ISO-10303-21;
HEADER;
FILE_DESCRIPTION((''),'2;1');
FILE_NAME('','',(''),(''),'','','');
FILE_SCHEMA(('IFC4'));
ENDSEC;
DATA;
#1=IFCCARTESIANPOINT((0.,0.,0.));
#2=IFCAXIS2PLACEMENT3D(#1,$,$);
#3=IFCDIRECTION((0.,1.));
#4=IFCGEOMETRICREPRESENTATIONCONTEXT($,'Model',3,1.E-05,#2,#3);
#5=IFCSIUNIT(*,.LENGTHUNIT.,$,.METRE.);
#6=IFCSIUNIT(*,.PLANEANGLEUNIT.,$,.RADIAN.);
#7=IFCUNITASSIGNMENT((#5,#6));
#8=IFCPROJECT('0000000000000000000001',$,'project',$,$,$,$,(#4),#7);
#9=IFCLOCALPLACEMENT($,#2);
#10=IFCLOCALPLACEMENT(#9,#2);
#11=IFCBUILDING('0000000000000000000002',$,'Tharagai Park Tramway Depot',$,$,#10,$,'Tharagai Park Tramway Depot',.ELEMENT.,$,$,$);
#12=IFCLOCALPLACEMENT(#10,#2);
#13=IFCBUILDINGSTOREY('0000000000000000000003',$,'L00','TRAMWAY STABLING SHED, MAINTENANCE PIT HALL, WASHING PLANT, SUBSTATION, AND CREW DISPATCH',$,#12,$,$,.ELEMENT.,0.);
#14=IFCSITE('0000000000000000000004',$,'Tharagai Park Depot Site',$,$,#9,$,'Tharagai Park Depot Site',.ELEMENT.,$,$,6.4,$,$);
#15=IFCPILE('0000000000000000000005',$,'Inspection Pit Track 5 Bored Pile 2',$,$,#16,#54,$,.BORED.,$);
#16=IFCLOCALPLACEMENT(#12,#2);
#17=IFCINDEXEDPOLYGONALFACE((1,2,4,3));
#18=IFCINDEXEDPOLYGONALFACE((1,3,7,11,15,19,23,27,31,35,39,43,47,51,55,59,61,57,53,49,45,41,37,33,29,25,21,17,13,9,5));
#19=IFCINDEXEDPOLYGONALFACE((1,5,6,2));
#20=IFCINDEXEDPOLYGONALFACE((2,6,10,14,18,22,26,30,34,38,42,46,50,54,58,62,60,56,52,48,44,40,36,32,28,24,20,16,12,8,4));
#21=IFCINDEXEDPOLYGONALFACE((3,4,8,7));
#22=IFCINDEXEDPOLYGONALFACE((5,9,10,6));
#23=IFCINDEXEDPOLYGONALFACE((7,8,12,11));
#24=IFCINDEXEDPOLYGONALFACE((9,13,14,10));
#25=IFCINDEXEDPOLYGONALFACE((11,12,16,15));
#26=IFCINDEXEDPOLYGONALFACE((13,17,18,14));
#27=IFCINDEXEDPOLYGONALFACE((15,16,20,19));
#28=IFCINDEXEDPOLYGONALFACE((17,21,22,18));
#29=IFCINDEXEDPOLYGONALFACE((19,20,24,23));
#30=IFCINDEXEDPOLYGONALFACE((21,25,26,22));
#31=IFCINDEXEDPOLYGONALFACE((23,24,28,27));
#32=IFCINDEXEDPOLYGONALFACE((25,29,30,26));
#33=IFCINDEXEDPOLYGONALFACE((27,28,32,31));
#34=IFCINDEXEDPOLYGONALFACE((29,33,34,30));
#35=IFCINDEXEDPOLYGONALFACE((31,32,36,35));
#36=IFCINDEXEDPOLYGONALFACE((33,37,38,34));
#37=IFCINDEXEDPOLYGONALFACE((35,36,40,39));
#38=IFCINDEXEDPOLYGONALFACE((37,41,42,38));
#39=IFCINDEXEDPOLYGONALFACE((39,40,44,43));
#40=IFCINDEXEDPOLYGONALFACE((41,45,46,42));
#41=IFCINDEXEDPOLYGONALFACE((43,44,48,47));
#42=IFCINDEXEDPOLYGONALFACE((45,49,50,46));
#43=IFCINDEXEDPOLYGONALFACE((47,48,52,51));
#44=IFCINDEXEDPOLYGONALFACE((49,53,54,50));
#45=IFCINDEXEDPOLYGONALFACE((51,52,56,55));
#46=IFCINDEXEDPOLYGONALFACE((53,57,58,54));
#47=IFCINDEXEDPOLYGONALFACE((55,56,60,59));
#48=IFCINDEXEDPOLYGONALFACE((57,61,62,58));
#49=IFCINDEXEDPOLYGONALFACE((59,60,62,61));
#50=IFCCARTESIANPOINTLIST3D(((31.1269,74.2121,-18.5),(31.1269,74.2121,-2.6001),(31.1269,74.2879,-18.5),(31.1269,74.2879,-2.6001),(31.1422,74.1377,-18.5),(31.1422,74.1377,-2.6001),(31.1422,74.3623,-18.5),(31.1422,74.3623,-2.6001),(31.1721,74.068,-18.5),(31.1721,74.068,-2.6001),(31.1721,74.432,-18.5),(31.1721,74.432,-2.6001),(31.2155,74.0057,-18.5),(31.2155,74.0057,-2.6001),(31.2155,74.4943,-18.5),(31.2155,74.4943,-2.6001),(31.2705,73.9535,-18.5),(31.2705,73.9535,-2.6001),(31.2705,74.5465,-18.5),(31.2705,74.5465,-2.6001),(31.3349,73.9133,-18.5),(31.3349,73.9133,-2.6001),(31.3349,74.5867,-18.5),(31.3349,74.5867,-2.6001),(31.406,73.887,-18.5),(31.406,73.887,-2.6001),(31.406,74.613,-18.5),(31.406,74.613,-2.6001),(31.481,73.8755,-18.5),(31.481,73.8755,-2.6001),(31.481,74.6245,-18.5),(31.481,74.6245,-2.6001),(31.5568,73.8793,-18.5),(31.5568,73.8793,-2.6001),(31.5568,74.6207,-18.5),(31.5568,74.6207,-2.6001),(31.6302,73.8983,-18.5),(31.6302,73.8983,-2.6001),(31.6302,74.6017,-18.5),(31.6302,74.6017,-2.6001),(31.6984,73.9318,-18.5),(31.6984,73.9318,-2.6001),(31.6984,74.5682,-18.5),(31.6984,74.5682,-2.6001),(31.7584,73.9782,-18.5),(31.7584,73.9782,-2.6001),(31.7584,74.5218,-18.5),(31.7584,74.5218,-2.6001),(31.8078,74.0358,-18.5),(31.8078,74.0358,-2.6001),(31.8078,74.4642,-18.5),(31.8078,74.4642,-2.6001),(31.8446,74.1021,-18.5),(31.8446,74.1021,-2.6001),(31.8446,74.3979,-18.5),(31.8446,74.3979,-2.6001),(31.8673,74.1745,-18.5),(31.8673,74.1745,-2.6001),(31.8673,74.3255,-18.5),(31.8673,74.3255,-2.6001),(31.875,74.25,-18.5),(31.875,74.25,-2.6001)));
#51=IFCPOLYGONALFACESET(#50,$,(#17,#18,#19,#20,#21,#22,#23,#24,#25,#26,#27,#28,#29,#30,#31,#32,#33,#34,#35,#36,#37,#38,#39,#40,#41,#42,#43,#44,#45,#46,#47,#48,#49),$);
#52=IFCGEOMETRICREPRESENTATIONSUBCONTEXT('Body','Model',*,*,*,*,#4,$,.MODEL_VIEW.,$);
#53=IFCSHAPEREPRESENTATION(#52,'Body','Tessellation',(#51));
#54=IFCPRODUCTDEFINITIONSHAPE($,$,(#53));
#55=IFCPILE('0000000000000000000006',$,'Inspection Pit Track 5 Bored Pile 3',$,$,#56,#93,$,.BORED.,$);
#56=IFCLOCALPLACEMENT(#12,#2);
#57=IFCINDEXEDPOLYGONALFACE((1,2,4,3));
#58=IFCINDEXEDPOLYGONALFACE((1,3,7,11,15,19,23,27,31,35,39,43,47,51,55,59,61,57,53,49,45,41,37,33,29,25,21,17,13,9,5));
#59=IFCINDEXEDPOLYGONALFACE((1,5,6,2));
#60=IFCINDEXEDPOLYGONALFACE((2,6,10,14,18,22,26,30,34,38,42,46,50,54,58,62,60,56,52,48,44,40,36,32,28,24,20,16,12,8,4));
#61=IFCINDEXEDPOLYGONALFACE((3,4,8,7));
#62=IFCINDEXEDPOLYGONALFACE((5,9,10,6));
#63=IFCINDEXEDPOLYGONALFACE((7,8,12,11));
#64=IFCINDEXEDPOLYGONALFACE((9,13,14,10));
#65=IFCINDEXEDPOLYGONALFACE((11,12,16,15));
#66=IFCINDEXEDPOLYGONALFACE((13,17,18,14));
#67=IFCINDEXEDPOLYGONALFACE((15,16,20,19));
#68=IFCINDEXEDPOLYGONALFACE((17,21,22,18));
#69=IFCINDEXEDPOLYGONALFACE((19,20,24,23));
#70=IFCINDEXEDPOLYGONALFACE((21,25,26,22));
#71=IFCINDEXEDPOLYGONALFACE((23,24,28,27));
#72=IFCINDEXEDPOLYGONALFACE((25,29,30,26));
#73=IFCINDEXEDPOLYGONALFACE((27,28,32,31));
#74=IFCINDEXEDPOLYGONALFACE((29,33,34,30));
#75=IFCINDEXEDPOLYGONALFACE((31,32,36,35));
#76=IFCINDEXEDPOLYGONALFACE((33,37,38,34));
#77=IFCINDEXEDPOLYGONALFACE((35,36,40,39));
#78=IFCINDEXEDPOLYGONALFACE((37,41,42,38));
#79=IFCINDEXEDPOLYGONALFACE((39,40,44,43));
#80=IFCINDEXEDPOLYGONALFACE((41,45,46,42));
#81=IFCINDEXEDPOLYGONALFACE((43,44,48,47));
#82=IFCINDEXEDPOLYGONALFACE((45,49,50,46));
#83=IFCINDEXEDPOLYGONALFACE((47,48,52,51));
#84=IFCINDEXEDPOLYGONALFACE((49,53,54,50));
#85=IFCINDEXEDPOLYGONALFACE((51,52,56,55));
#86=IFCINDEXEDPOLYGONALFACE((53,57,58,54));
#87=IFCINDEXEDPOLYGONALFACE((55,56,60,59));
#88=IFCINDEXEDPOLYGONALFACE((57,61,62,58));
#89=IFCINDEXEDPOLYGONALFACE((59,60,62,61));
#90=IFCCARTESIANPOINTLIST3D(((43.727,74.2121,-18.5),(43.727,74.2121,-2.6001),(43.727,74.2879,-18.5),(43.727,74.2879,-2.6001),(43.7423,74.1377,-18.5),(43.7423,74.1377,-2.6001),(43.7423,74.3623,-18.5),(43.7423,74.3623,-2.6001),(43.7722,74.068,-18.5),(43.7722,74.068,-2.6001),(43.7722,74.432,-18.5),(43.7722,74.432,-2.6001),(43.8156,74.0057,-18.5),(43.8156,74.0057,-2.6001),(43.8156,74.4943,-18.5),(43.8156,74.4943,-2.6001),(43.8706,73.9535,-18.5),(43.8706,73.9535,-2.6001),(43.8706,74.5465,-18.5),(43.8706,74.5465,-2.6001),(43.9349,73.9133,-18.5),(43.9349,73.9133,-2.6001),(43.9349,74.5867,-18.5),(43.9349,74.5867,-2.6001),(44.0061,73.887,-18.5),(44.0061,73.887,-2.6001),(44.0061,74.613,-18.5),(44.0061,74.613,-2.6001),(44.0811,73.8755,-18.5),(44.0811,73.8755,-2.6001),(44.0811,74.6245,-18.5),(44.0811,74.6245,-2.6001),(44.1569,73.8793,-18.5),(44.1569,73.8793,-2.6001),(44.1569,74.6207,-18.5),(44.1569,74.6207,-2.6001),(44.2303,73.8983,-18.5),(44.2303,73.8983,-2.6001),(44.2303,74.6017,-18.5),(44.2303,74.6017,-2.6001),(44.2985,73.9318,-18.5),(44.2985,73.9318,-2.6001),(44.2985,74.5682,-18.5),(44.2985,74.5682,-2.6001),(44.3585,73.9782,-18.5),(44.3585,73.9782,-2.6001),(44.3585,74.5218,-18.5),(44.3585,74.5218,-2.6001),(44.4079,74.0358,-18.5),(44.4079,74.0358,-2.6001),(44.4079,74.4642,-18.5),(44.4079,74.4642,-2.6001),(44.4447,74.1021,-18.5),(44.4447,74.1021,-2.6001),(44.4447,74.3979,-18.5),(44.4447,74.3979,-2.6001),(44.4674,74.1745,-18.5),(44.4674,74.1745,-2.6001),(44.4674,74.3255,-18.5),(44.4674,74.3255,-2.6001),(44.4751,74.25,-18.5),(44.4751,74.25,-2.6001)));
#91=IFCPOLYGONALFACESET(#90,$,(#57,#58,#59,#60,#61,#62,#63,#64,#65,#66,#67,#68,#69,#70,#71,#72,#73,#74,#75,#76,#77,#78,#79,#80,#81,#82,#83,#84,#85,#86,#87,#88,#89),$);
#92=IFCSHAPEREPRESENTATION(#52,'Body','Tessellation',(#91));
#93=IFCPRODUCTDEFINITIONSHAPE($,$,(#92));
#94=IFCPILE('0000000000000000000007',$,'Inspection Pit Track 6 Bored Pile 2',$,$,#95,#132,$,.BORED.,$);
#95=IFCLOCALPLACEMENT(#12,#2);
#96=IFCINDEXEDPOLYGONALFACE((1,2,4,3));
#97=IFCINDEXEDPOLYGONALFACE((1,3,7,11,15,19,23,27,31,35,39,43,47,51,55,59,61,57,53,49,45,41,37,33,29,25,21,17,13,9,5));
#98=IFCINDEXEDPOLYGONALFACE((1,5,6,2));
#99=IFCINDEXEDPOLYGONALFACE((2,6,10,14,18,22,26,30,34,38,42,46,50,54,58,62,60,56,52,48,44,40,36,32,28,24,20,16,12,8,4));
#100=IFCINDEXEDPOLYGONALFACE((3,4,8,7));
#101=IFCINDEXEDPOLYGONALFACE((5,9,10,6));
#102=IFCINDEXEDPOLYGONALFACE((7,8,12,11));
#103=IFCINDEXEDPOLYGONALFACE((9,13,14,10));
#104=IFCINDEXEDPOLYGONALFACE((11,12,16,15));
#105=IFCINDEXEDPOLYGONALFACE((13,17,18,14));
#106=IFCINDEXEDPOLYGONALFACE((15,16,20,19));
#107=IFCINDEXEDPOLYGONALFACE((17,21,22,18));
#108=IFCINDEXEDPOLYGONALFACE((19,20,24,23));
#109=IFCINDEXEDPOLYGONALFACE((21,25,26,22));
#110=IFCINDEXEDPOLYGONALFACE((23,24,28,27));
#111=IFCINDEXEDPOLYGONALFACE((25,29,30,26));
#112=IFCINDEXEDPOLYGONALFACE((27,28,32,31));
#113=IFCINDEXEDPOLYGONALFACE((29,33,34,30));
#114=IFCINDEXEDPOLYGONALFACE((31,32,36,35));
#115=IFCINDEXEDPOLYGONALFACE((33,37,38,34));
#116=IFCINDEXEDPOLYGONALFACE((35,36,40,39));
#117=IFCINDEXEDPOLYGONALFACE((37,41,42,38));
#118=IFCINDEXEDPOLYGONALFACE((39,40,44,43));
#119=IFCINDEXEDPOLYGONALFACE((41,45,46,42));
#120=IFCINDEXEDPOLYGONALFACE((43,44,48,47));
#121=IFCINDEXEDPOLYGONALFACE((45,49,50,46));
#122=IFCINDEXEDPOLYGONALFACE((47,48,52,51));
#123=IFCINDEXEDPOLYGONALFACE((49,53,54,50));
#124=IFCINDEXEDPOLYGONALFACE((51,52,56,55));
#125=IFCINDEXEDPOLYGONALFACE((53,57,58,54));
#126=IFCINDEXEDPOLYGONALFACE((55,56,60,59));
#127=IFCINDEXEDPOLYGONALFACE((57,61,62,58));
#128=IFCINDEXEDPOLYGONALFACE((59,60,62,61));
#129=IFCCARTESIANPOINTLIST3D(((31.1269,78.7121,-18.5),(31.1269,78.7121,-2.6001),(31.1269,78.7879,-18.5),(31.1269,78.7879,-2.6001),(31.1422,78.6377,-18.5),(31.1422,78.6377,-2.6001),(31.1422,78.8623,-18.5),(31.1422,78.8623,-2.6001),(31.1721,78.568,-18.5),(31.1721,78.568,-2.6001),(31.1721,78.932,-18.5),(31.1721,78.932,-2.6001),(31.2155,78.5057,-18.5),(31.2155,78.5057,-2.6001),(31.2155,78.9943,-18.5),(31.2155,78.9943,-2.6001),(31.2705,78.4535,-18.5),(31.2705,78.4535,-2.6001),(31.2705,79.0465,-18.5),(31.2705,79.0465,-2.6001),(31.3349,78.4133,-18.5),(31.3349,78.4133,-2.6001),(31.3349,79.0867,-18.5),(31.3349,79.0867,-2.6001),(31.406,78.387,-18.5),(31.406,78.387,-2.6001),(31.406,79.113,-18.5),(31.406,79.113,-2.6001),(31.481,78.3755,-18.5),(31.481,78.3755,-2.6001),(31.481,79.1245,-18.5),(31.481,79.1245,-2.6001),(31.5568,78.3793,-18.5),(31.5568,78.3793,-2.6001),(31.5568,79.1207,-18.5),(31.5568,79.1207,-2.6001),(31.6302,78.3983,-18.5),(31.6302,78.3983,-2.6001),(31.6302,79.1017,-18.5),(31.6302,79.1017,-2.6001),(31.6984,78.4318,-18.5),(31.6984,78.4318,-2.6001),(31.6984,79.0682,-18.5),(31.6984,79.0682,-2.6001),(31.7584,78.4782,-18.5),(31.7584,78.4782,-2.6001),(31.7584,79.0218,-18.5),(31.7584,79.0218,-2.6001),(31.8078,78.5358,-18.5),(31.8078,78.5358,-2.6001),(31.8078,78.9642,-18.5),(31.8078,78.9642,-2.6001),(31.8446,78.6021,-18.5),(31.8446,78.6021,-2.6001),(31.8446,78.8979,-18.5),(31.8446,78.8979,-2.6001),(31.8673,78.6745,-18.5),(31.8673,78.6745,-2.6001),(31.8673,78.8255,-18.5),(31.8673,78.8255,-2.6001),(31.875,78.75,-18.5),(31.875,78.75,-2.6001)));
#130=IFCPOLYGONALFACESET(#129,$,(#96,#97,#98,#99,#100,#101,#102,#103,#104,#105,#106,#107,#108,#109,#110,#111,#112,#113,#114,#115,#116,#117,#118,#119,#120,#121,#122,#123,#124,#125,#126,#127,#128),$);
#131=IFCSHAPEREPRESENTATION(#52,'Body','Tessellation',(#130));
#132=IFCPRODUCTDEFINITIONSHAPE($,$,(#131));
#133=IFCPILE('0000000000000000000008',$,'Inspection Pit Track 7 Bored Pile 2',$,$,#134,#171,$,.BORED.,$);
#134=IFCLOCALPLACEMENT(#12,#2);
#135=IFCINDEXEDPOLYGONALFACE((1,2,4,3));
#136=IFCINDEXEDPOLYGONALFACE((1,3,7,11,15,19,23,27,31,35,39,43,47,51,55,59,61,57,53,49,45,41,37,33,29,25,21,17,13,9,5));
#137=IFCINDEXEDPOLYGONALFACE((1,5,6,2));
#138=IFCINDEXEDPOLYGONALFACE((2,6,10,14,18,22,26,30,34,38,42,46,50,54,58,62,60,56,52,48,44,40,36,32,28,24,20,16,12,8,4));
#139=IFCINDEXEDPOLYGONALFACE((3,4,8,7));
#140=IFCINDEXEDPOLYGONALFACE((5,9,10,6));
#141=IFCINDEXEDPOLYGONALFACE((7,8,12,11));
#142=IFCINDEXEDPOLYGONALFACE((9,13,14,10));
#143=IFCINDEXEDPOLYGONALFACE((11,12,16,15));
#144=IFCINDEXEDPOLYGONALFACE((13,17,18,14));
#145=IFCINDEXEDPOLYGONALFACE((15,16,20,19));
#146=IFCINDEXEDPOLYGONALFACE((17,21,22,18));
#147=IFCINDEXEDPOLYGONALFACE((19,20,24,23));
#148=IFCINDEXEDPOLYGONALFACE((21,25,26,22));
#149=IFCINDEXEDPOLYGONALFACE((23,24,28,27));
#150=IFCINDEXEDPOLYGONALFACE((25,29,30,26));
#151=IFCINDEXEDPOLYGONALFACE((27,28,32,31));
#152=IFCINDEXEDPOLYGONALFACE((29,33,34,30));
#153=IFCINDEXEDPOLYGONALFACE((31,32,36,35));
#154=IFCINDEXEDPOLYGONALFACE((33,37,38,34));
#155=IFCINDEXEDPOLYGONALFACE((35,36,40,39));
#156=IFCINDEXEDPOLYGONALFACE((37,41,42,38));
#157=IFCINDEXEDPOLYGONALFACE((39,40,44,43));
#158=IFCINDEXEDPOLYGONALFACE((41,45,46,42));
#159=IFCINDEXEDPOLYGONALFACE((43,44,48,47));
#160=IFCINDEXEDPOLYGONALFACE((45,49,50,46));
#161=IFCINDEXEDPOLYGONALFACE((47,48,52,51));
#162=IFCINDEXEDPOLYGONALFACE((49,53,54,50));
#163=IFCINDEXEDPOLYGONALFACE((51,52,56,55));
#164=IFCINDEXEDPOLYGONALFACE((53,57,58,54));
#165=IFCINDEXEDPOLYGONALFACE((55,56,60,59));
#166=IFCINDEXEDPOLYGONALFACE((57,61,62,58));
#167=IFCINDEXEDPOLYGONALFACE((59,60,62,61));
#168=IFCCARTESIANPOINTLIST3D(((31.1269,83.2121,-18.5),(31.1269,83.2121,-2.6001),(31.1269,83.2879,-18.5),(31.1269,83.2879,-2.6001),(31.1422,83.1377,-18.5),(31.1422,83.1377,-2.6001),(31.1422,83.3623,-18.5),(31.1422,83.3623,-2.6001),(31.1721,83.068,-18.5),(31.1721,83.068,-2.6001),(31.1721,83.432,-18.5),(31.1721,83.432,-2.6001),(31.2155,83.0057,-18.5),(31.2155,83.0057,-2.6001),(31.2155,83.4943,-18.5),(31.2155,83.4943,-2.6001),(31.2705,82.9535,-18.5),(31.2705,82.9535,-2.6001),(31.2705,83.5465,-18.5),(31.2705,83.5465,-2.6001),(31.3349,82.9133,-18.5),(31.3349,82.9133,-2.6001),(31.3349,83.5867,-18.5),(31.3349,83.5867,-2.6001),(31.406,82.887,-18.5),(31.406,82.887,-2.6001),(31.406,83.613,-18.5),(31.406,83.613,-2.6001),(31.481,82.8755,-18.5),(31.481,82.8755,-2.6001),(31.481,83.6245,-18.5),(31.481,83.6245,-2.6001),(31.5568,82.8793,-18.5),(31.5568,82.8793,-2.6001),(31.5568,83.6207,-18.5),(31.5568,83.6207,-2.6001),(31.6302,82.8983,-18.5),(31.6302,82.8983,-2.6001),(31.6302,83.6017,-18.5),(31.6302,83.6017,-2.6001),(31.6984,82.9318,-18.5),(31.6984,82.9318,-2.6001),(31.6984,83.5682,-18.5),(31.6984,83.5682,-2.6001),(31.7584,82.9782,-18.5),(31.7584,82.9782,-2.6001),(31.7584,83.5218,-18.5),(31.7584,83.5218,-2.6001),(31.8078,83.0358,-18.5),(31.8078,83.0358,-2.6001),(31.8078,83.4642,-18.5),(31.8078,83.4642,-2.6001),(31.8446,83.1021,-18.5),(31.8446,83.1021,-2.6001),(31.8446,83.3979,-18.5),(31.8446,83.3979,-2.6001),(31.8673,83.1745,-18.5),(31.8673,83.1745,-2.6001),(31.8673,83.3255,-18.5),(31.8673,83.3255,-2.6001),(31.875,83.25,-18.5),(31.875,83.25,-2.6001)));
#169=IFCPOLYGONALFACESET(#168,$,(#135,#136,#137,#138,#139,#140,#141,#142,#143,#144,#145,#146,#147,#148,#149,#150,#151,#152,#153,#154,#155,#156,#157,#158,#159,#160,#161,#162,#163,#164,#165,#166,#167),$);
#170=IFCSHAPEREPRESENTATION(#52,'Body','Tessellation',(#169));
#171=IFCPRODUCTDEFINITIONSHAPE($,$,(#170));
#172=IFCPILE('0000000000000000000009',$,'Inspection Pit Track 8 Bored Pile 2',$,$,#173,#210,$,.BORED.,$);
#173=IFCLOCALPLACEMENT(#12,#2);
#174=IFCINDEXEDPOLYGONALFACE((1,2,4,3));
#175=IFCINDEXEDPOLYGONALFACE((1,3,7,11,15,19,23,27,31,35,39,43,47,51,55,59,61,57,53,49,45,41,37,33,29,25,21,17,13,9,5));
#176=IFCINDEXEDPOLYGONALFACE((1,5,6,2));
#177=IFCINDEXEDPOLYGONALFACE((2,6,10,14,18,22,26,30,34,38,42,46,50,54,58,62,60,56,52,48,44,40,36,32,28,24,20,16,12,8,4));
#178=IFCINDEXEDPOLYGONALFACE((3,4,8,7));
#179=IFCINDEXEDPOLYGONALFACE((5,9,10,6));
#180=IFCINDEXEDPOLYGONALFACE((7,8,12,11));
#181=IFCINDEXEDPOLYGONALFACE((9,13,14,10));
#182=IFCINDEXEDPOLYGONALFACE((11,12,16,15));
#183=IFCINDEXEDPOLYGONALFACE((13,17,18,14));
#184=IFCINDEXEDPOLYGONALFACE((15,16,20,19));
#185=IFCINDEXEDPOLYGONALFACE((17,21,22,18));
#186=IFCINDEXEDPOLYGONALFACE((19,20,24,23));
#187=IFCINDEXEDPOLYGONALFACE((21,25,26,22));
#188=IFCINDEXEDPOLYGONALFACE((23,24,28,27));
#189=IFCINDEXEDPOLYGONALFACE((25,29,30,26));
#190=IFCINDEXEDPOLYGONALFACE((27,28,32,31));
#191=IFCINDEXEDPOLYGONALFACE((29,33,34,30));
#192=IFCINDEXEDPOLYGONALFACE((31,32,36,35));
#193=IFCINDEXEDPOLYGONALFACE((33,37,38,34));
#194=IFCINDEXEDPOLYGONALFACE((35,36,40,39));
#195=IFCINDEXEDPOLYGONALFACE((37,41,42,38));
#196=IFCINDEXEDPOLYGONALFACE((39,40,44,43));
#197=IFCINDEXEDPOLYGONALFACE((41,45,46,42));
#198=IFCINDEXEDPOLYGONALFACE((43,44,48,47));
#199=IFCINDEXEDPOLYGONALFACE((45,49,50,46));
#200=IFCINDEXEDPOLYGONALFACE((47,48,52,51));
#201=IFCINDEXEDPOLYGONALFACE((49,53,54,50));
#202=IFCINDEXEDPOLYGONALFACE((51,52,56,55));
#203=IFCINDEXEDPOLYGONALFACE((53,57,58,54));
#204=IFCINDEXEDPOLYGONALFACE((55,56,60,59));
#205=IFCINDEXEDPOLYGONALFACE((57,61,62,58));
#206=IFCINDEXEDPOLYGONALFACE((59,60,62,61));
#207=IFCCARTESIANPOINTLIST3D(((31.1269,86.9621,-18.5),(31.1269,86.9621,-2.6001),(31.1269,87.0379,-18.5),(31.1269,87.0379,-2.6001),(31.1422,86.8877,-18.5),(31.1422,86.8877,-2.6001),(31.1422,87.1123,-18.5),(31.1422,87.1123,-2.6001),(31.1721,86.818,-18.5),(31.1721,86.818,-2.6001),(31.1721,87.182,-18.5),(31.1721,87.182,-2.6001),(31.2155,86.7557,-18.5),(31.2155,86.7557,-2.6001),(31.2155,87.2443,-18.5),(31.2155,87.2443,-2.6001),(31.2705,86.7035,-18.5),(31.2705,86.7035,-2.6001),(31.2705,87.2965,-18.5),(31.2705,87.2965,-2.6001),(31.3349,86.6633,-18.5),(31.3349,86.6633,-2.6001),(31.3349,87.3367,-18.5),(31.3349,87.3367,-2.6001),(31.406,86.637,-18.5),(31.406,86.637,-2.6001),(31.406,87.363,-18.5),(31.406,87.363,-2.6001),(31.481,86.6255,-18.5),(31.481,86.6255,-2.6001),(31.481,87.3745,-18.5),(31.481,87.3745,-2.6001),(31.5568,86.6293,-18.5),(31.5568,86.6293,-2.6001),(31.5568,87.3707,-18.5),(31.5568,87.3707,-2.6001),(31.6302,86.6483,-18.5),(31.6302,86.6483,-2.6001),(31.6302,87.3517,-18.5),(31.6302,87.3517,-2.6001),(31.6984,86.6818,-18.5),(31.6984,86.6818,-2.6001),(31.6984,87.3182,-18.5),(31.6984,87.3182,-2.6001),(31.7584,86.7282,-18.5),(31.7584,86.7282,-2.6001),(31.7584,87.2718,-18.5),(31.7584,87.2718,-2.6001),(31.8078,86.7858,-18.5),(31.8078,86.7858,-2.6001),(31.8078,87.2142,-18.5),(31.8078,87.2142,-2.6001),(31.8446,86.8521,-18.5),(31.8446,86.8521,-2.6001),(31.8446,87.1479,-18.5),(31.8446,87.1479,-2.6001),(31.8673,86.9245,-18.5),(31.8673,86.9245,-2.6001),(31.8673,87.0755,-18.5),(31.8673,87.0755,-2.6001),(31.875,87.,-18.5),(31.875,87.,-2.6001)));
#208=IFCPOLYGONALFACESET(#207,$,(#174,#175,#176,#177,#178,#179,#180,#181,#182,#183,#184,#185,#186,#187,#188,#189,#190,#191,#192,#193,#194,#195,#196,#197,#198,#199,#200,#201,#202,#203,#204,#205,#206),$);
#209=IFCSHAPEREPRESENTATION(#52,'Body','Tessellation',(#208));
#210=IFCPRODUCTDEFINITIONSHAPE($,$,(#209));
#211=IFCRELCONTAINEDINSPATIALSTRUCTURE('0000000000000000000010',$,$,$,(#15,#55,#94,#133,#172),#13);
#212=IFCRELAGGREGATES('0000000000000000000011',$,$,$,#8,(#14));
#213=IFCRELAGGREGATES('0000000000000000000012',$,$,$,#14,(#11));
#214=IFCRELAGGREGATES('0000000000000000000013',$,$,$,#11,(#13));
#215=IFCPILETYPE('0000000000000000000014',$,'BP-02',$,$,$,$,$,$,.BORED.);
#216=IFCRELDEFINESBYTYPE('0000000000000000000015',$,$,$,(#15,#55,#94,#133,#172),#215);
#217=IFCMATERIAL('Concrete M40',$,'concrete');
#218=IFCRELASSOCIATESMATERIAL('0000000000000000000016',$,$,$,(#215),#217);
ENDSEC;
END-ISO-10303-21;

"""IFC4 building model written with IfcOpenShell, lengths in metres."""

from ifc_helpers import new_model, si_unit, direction, frame, origin, origin_2d, place, context, subcontext, project, spatial, circle, extrude, material, material_profile, profile_set, type_object, element, save


model = new_model("IFC4")

# Units and contexts
model_context = context("Model", 3, precision=1e-05, world=origin(), true_north=direction((0.0, 1.0)))
body_context = subcontext(model_context, "Body", "Model", "MODEL_VIEW")
ifc_project = project(units=[si_unit("LENGTHUNIT", "METRE"), si_unit("PLANEANGLEUNIT", "RADIAN")], contexts=[model_context])

# Site, building, storey
site_placement = place(None, origin())
site = spatial("IfcSite", under=ifc_project, at=site_placement, Name="Tharagai Park Depot Site", LongName="Tharagai Park Depot Site", CompositionType="ELEMENT", RefElevation=6.4)
building_placement = place(site_placement, origin())
building = spatial("IfcBuilding", under=site, at=building_placement, Name="Tharagai Park Tramway Depot", LongName="Tharagai Park Tramway Depot", CompositionType="ELEMENT")
storey_placement = place(building_placement, origin())
storey = spatial("IfcBuildingStorey", under=building, at=storey_placement, Name="L00", Description="TRAMWAY STABLING SHED, MAINTENANCE PIT HALL, WASHING PLANT, SUBSTATION, AND CREW DISPATCH", CompositionType="ELEMENT", Elevation=0.0)

# Piles
ifc_material = material(Name="Concrete M40", Category="concrete")
ifc_material_profile_1 = material_profile(ifc_material, circle(Radius=0.375, at=origin_2d()), Name="PILE D750")
ifc_profile_set_1 = profile_set([ifc_material_profile_1], Name="Concrete M40")
pile_type_1 = type_object("IfcPileType", Name="BP-02", PredefinedType="BORED", material=ifc_profile_set_1)
for number, where, z_axis, x_axis, name in (
    (1, (31.5, 74.25, -2.6001), (0.0, 0.0, -1.0), (1.0, 0.0, 0.0), "Inspection Pit Track 5 Bored Pile 2"),
    (2, (44.1001, 74.25, -2.6001), (0.0, 0.0, -1.0), (1.0, 0.0, 0.0), "Inspection Pit Track 5 Bored Pile 3"),
    (3, (31.5, 78.75, -2.6001), (0.0, 0.0, -1.0), (1.0, 0.0, 0.0), "Inspection Pit Track 6 Bored Pile 2"),
    (4, (31.5, 83.25, -2.6001), (0.0, 0.0, -1.0), (1.0, 0.0, 0.0), "Inspection Pit Track 7 Bored Pile 2"),
    (5, (31.5, 87.0, -2.6001), (0.0, 0.0, -1.0), (1.0, 0.0, 0.0), "Inspection Pit Track 8 Bored Pile 2"),
):
    element("IfcPile", number, at=place(storey_placement, frame(where, z_axis=z_axis, x_axis=x_axis)), inside=storey, type_object=pile_type_1, Name=name, PredefinedType="BORED", context=body_context, shape_type="SweptSolid", body=[
        extrude(circle(Radius=0.375, at=origin_2d()), origin(), (0.0, 0.0, 1.0), 15.8999),
    ])

save(model, "model.ifc")
